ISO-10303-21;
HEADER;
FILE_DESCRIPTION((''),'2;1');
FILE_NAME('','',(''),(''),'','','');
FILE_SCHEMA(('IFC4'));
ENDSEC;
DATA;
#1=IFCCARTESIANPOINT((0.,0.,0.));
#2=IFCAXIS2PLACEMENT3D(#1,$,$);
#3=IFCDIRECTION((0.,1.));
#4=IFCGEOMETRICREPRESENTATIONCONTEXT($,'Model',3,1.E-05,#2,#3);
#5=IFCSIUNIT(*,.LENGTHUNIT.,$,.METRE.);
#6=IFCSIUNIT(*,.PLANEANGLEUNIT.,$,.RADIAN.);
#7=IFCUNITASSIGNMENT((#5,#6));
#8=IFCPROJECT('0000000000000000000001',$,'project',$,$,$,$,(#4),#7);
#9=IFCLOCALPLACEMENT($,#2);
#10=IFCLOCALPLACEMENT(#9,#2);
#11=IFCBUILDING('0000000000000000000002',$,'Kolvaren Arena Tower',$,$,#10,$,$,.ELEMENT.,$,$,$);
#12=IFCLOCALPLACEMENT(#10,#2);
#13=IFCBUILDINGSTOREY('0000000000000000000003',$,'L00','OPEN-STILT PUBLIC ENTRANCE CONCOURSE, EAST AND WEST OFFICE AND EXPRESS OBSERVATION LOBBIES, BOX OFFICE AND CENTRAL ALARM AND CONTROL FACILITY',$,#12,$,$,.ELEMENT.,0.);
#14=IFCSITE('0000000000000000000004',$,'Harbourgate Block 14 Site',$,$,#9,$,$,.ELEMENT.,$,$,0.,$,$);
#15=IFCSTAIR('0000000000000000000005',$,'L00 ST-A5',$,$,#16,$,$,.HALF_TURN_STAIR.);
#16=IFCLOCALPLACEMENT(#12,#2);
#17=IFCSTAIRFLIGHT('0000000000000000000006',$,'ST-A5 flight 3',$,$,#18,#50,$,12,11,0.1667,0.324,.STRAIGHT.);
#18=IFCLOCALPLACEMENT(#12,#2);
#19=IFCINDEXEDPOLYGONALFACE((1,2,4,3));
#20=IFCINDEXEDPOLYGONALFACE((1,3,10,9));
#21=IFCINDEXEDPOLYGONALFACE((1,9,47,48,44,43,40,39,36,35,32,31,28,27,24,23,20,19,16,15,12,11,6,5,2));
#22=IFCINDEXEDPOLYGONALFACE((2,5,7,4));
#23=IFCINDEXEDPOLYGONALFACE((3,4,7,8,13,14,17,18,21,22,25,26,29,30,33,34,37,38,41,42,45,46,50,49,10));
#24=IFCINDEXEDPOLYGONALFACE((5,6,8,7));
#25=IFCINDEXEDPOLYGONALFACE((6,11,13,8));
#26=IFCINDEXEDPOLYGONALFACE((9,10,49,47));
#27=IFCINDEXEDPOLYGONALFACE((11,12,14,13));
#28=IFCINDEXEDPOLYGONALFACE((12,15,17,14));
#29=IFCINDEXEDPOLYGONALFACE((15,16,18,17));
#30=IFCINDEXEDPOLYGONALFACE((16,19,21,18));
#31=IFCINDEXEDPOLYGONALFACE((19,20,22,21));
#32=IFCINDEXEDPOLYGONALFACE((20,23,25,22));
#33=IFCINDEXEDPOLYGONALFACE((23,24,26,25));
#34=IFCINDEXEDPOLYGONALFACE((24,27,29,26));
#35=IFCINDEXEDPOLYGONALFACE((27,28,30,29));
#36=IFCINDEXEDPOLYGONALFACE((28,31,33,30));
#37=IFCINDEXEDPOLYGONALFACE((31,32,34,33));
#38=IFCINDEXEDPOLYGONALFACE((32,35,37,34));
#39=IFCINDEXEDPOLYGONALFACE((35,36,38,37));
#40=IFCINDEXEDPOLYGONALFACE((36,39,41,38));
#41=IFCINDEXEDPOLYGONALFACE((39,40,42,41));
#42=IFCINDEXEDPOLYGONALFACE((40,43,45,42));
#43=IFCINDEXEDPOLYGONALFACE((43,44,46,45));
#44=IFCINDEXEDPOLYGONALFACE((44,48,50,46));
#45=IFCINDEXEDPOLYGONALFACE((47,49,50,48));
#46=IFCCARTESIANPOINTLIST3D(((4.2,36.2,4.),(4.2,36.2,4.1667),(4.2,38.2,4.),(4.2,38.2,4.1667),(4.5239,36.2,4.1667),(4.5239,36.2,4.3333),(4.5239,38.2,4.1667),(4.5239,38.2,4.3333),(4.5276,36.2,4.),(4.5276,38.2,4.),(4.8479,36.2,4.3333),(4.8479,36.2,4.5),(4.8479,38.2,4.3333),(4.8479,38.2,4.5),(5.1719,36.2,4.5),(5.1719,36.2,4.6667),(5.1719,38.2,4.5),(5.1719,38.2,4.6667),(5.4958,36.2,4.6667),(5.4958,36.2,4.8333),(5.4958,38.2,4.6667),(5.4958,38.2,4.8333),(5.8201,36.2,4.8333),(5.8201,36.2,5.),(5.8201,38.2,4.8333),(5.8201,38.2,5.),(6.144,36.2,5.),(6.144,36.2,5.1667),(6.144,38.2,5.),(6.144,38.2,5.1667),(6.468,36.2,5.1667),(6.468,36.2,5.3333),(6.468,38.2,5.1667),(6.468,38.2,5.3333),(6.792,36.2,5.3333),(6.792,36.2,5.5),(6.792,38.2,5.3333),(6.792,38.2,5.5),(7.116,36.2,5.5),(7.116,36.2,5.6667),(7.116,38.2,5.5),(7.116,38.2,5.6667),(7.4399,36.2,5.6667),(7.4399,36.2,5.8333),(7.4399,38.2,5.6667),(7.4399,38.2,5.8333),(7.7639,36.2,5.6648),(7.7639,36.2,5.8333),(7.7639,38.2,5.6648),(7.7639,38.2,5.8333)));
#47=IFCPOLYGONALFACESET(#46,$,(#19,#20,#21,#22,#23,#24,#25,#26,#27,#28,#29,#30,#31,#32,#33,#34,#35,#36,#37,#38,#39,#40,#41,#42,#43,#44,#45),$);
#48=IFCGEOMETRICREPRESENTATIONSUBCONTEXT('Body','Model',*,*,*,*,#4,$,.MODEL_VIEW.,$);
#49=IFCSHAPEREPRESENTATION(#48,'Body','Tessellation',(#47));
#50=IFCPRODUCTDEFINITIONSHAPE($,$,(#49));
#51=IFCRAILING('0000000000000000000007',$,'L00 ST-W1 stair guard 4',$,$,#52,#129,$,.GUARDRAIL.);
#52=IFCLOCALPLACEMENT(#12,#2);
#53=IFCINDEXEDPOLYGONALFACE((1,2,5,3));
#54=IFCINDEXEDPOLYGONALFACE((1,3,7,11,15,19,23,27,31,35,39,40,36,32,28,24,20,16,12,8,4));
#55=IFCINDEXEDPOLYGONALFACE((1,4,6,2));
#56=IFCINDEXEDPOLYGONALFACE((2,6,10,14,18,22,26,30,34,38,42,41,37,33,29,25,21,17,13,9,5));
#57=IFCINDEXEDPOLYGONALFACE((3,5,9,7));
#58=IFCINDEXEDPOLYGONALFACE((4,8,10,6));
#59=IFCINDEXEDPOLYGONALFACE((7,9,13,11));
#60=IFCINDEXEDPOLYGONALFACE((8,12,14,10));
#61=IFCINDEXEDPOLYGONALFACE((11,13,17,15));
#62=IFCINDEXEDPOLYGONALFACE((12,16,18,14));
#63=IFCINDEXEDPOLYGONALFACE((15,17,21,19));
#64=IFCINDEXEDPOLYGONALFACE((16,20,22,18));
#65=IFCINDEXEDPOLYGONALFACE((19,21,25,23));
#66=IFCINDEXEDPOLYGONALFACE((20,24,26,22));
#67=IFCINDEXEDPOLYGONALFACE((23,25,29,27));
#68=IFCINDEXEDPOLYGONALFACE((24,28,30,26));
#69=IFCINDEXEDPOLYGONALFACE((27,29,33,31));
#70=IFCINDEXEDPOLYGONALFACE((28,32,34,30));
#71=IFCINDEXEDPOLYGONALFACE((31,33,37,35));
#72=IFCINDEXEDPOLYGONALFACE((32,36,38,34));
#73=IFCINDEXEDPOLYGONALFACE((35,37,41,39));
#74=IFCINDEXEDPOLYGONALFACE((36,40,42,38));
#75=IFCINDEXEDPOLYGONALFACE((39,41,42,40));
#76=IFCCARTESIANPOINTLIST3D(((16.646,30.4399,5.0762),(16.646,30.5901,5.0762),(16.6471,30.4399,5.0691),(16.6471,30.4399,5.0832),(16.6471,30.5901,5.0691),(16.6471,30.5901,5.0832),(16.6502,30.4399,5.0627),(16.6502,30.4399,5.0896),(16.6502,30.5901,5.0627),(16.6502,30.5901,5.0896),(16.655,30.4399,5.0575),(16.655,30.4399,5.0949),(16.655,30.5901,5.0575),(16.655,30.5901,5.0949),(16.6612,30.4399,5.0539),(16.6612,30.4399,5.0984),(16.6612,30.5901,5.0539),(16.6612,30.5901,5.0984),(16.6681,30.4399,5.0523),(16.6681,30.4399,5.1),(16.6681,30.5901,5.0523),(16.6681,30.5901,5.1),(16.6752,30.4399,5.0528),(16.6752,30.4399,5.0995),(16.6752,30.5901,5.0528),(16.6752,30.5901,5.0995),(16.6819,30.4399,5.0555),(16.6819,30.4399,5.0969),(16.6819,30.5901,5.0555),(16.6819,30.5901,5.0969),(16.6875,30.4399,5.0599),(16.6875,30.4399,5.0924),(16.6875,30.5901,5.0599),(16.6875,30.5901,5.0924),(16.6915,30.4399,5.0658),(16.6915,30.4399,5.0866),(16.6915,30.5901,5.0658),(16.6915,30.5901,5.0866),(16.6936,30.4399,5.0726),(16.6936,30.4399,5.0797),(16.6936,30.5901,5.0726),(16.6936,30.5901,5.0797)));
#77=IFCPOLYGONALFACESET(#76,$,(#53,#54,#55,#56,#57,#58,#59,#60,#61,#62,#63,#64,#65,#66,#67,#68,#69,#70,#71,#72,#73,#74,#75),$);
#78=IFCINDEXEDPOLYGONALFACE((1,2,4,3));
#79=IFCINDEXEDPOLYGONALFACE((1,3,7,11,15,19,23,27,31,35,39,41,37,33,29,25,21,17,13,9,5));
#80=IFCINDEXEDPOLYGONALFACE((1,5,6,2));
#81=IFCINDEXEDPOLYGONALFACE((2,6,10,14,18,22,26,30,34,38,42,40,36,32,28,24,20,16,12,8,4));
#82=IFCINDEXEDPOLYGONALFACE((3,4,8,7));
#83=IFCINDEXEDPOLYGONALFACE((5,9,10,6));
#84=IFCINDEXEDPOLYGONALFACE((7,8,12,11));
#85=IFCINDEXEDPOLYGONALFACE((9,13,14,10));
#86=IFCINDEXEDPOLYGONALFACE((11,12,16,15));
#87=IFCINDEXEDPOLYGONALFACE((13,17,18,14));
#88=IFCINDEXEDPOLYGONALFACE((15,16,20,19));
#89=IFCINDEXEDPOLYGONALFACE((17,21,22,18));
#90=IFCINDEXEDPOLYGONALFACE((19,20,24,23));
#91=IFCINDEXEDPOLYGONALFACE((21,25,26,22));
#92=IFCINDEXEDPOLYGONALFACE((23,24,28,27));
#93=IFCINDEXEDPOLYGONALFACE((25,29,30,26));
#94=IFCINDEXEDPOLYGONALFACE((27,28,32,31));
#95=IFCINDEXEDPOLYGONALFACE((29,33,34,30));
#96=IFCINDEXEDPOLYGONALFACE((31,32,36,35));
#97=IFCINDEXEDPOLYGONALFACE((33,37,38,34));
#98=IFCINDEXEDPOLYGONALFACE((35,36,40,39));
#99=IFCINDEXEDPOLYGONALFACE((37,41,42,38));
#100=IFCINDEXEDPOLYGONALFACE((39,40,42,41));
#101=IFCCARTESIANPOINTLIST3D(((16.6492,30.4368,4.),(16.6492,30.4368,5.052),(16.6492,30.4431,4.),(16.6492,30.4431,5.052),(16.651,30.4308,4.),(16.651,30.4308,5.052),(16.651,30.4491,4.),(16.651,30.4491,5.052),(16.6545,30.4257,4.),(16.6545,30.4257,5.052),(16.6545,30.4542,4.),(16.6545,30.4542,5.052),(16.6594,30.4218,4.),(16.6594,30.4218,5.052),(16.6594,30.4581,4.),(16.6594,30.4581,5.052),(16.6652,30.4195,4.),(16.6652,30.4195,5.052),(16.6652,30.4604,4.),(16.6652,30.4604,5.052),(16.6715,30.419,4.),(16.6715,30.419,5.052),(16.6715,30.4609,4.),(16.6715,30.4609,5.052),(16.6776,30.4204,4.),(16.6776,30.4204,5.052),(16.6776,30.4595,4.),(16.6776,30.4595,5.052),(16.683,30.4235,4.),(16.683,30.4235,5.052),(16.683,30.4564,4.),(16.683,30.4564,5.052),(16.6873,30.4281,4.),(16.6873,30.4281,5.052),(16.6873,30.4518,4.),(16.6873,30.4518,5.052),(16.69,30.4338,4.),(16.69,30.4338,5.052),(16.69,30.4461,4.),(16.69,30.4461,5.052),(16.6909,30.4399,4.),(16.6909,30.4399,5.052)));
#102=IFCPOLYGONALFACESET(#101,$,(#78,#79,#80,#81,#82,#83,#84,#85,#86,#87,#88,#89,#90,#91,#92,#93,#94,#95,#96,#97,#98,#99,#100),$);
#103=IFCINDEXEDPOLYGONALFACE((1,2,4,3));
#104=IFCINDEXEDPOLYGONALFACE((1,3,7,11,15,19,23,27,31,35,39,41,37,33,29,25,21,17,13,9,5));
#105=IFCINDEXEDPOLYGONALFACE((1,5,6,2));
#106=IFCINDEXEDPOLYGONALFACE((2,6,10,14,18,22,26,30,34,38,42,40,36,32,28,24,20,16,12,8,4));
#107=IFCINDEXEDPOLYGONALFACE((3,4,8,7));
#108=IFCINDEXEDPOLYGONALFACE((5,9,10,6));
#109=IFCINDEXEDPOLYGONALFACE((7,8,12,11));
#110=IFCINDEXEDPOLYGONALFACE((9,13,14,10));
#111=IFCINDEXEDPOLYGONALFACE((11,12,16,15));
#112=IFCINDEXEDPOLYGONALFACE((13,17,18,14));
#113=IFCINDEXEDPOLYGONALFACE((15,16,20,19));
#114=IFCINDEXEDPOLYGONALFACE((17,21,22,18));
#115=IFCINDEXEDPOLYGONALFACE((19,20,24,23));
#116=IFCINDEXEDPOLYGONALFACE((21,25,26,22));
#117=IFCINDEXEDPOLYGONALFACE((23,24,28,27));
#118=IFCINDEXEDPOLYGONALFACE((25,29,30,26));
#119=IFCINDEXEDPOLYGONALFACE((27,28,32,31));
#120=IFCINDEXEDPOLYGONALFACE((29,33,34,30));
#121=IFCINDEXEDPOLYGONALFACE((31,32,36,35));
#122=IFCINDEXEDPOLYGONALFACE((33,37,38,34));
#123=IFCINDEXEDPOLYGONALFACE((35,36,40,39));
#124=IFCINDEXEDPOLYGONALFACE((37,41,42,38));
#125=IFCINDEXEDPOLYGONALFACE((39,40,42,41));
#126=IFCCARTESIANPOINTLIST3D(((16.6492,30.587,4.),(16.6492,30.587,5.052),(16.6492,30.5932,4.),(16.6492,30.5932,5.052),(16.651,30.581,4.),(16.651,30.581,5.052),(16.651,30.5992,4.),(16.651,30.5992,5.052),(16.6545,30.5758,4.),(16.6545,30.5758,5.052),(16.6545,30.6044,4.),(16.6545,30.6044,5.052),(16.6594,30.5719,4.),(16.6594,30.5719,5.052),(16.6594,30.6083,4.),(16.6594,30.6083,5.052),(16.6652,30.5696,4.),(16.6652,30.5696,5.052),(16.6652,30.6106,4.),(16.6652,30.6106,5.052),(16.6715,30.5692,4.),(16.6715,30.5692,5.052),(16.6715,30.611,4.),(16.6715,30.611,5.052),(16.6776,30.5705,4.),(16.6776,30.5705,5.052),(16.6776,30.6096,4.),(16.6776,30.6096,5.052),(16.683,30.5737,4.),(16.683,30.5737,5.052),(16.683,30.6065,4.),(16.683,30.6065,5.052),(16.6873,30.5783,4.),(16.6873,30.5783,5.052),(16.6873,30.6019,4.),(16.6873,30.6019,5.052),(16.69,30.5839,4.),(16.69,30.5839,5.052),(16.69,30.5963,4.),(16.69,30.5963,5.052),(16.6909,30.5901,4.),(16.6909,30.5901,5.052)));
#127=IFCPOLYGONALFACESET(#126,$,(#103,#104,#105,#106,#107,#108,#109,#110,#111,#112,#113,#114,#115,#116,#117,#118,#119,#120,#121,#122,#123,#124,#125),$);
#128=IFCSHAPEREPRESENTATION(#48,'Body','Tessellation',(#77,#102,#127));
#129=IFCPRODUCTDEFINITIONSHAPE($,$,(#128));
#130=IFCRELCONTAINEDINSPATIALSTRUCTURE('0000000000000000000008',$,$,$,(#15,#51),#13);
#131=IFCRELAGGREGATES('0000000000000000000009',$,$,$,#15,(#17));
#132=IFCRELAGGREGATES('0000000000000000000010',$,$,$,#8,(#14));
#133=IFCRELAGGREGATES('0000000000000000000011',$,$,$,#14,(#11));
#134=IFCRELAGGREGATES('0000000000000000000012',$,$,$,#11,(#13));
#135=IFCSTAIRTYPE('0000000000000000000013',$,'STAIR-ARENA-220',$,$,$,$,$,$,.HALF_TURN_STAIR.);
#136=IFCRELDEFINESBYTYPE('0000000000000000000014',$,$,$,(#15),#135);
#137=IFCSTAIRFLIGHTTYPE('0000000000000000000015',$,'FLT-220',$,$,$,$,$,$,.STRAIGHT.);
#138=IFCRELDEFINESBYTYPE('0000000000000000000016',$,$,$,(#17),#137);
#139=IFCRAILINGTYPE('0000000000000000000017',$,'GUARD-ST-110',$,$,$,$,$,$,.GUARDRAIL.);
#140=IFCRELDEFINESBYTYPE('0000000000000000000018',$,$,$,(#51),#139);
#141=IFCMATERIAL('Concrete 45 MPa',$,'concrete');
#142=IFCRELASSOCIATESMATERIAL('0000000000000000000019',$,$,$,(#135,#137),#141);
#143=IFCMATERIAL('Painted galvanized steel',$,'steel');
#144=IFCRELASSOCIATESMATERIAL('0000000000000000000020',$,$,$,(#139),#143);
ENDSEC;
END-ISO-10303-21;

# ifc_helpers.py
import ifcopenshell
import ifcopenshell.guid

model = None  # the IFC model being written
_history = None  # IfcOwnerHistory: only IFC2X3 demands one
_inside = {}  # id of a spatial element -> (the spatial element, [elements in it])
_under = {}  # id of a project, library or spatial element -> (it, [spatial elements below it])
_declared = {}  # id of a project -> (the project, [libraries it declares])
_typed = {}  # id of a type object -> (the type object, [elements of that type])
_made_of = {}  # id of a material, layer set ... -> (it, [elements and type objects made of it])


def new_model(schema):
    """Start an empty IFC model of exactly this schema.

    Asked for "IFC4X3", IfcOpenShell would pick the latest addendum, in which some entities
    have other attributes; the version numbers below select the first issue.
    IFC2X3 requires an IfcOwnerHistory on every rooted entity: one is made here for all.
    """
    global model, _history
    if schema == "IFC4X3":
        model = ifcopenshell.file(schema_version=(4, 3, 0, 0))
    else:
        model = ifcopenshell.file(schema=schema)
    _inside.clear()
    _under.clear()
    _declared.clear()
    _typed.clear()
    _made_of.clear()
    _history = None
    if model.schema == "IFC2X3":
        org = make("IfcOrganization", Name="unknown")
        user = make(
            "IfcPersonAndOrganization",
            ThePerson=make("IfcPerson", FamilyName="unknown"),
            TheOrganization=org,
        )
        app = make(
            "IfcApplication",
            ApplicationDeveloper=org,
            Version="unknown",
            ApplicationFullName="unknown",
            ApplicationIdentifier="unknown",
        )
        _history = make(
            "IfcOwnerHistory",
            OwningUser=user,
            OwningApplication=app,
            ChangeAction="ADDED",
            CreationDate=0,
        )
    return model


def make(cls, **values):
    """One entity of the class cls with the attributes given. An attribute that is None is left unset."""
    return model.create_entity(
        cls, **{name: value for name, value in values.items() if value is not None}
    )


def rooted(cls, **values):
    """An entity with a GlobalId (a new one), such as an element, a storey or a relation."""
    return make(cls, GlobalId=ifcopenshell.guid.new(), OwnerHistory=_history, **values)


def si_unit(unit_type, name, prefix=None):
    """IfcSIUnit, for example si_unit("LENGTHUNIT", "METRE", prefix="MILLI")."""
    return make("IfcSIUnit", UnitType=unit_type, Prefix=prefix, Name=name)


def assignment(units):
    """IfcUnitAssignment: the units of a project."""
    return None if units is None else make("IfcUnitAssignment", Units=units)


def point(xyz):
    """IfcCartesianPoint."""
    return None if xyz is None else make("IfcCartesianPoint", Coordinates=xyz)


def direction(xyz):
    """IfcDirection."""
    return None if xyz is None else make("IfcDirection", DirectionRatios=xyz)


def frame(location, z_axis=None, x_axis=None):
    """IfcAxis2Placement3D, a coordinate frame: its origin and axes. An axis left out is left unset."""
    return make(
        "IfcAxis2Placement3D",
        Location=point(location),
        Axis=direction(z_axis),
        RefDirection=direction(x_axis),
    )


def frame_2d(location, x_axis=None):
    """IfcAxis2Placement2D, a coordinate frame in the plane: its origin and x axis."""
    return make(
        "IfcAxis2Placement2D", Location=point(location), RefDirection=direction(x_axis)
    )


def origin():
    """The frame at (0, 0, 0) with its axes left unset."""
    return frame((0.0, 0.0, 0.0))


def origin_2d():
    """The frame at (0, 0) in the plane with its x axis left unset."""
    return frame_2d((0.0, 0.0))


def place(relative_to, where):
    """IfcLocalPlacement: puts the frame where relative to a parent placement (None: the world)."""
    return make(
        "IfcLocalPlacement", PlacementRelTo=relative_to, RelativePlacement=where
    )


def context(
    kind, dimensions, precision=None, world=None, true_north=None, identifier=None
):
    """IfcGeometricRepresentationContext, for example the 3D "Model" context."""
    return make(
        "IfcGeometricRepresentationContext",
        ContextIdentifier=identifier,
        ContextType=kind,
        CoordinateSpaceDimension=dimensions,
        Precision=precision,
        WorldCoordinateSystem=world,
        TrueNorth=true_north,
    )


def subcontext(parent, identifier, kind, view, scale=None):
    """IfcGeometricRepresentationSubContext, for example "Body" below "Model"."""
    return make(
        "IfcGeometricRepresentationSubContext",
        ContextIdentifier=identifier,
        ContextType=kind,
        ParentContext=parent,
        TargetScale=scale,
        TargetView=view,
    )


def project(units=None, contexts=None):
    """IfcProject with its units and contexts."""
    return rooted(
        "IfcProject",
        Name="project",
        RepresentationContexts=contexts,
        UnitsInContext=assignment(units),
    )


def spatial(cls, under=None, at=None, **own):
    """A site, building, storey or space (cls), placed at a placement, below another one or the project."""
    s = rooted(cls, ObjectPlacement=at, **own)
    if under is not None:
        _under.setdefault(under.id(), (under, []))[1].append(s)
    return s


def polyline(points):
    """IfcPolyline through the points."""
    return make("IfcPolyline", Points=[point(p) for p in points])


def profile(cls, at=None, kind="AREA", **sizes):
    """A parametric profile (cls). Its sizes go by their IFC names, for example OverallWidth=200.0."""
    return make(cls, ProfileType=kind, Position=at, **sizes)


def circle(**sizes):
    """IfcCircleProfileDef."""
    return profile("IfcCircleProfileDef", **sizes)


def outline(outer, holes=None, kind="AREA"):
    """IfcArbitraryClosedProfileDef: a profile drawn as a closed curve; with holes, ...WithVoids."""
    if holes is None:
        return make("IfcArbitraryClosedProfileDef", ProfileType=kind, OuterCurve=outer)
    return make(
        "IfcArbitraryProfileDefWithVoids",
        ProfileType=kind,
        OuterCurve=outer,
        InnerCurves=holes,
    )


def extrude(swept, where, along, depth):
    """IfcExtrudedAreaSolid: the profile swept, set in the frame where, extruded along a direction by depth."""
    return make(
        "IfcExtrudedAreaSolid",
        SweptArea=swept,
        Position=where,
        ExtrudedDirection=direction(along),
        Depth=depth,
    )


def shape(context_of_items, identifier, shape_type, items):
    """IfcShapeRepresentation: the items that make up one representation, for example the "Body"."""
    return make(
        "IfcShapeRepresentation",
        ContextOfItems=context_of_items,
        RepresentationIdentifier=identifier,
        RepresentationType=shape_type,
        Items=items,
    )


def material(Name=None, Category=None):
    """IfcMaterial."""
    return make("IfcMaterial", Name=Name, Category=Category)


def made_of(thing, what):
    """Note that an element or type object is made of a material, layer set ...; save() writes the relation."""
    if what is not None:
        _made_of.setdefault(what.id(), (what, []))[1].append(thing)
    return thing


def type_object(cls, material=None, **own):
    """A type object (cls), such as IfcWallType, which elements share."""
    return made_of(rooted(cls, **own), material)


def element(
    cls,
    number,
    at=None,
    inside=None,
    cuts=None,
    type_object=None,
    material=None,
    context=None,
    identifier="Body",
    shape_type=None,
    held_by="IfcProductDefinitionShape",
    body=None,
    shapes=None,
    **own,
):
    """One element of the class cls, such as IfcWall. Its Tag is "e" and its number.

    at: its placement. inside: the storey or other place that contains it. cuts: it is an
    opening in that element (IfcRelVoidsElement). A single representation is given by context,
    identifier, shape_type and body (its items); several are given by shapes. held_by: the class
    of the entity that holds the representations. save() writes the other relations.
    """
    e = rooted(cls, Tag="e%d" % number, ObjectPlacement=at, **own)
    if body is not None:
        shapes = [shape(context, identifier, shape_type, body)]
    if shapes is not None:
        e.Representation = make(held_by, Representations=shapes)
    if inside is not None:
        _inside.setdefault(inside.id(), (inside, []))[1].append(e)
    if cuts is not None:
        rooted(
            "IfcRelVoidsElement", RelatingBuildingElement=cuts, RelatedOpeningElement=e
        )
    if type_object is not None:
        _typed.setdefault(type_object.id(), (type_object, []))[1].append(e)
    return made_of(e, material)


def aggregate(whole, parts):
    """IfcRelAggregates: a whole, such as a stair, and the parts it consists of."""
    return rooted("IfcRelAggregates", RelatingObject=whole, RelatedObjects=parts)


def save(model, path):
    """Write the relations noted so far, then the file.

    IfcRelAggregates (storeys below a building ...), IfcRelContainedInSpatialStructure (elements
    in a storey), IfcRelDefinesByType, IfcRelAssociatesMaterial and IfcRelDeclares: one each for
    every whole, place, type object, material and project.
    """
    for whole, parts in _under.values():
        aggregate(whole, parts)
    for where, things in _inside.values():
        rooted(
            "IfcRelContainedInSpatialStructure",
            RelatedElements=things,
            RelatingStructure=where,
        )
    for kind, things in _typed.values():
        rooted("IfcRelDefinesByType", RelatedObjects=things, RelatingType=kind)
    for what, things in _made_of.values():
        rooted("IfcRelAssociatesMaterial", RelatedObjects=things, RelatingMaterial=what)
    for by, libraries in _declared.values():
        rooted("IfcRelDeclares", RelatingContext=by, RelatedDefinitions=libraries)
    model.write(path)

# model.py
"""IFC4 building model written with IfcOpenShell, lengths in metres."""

from ifc_helpers import new_model, si_unit, direction, frame, origin, origin_2d, place, context, subcontext, project, spatial, polyline, circle, outline, extrude, material, type_object, element, aggregate, save


model = new_model("IFC4")

# Units and contexts
model_context = context("Model", 3, precision=1e-05, world=origin(), true_north=direction((0.0, 1.0)))
body_context = subcontext(model_context, "Body", "Model", "MODEL_VIEW")
ifc_project = project(units=[si_unit("LENGTHUNIT", "METRE"), si_unit("PLANEANGLEUNIT", "RADIAN")], contexts=[model_context])

# Site, building, storey
site_placement = place(None, origin())
site = spatial("IfcSite", under=ifc_project, at=site_placement, Name="Harbourgate Block 14 Site", CompositionType="ELEMENT", RefElevation=0.0)
building_placement = place(site_placement, origin())
building = spatial("IfcBuilding", under=site, at=building_placement, Name="Kolvaren Arena Tower", CompositionType="ELEMENT")
storey_placement = place(building_placement, origin())
storey = spatial("IfcBuildingStorey", under=building, at=storey_placement, Name="L00", Description="OPEN-STILT PUBLIC ENTRANCE CONCOURSE, EAST AND WEST OFFICE AND EXPRESS OBSERVATION LOBBIES, BOX OFFICE AND CENTRAL ALARM AND CONTROL FACILITY", CompositionType="ELEMENT", Elevation=0.0)

# Shared definitions
ifc_material_1 = material(Name="Concrete 45 MPa", Category="concrete")

# Stair, stair flight
stair_type = type_object("IfcStairType", Name="STAIR-ARENA-220", PredefinedType="HALF_TURN_STAIR", material=ifc_material_1)
stair_placement = place(storey_placement, origin())
stair = element("IfcStair", 1, at=stair_placement, inside=storey, type_object=stair_type, Name="L00 ST-A5", PredefinedType="HALF_TURN_STAIR")
stair_flight_type = type_object("IfcStairFlightType", Name="FLT-220", PredefinedType="STRAIGHT", material=ifc_material_1)
stair_flight_1_placement = place(storey_placement, frame((4.2, 37.2, 4.0), z_axis=(0.0, 0.0, 1.0), x_axis=(1.0, 0.0, 0.0)))
stair_flight_1 = element("IfcStairFlight", 2, at=stair_flight_1_placement, type_object=stair_flight_type, Name="ST-A5 flight 3", NumberOfRisers=12, NumberOfTreads=11, PredefinedType="STRAIGHT", RiserHeight=0.1667, TreadLength=0.324, context=body_context, shape_type="SweptSolid", body=[
    extrude(outline(polyline([(0.0, 0.0), (0.0, 0.1667), (0.324, 0.1667), (0.324, 0.3333), (0.6479, 0.3333), (0.6479, 0.5), (0.9719, 0.5), (0.9719, 0.6667), (1.2959, 0.6667), (1.2959, 0.8333), (1.6201, 0.8333), (1.6201, 1.0), (1.9441, 1.0), (1.9441, 1.1667), (2.2681, 1.1667), (2.2681, 1.3333), (2.592, 1.3333), (2.592, 1.5), (2.916, 1.5), (2.916, 1.6667), (3.24, 1.6667), (3.24, 1.8333), (3.564, 1.8333), (3.564, 2.0), (3.564, 1.6648), (0.3276, 0.0), (0.0, 0.0)])), frame((0.0, 1.0, 0.0), z_axis=(0.0, -1.0, 0.0), x_axis=(1.0, 0.0, 0.0)), (0.0, 0.0, 1.0), 2.0),
])
aggregate(stair, [stair_flight_1])

# Railing
ifc_material_2 = material(Name="Painted galvanized steel", Category="steel")
railing_type_1 = type_object("IfcRailingType", Name="GUARD-ST-110", PredefinedType="GUARDRAIL", material=ifc_material_2)
railing_1_placement = place(storey_placement, frame((16.6699, 30.4399, 4.0)))
element("IfcRailing", 3, at=railing_1_placement, inside=storey, type_object=railing_type_1, Name="L00 ST-W1 stair guard 4", PredefinedType="GUARDRAIL", context=body_context, shape_type="SweptSolid", body=[
    extrude(circle(Radius=0.0239, at=origin_2d()), frame((0.0, 0.0, 1.0762), z_axis=(0.0, 1.0, 0.0), x_axis=(-1.0, 0.0, 0.0)), (0.0, 0.0, 1.0), 0.1501),
    extrude(circle(Radius=0.021, at=origin_2d()), origin(), (0.0, 0.0, 1.0), 1.052),
    extrude(circle(Radius=0.021, at=origin_2d()), frame((0.0, 0.1501, 0.0)), (0.0, 0.0, 1.0), 1.052),
])

save(model, "model.ifc")
